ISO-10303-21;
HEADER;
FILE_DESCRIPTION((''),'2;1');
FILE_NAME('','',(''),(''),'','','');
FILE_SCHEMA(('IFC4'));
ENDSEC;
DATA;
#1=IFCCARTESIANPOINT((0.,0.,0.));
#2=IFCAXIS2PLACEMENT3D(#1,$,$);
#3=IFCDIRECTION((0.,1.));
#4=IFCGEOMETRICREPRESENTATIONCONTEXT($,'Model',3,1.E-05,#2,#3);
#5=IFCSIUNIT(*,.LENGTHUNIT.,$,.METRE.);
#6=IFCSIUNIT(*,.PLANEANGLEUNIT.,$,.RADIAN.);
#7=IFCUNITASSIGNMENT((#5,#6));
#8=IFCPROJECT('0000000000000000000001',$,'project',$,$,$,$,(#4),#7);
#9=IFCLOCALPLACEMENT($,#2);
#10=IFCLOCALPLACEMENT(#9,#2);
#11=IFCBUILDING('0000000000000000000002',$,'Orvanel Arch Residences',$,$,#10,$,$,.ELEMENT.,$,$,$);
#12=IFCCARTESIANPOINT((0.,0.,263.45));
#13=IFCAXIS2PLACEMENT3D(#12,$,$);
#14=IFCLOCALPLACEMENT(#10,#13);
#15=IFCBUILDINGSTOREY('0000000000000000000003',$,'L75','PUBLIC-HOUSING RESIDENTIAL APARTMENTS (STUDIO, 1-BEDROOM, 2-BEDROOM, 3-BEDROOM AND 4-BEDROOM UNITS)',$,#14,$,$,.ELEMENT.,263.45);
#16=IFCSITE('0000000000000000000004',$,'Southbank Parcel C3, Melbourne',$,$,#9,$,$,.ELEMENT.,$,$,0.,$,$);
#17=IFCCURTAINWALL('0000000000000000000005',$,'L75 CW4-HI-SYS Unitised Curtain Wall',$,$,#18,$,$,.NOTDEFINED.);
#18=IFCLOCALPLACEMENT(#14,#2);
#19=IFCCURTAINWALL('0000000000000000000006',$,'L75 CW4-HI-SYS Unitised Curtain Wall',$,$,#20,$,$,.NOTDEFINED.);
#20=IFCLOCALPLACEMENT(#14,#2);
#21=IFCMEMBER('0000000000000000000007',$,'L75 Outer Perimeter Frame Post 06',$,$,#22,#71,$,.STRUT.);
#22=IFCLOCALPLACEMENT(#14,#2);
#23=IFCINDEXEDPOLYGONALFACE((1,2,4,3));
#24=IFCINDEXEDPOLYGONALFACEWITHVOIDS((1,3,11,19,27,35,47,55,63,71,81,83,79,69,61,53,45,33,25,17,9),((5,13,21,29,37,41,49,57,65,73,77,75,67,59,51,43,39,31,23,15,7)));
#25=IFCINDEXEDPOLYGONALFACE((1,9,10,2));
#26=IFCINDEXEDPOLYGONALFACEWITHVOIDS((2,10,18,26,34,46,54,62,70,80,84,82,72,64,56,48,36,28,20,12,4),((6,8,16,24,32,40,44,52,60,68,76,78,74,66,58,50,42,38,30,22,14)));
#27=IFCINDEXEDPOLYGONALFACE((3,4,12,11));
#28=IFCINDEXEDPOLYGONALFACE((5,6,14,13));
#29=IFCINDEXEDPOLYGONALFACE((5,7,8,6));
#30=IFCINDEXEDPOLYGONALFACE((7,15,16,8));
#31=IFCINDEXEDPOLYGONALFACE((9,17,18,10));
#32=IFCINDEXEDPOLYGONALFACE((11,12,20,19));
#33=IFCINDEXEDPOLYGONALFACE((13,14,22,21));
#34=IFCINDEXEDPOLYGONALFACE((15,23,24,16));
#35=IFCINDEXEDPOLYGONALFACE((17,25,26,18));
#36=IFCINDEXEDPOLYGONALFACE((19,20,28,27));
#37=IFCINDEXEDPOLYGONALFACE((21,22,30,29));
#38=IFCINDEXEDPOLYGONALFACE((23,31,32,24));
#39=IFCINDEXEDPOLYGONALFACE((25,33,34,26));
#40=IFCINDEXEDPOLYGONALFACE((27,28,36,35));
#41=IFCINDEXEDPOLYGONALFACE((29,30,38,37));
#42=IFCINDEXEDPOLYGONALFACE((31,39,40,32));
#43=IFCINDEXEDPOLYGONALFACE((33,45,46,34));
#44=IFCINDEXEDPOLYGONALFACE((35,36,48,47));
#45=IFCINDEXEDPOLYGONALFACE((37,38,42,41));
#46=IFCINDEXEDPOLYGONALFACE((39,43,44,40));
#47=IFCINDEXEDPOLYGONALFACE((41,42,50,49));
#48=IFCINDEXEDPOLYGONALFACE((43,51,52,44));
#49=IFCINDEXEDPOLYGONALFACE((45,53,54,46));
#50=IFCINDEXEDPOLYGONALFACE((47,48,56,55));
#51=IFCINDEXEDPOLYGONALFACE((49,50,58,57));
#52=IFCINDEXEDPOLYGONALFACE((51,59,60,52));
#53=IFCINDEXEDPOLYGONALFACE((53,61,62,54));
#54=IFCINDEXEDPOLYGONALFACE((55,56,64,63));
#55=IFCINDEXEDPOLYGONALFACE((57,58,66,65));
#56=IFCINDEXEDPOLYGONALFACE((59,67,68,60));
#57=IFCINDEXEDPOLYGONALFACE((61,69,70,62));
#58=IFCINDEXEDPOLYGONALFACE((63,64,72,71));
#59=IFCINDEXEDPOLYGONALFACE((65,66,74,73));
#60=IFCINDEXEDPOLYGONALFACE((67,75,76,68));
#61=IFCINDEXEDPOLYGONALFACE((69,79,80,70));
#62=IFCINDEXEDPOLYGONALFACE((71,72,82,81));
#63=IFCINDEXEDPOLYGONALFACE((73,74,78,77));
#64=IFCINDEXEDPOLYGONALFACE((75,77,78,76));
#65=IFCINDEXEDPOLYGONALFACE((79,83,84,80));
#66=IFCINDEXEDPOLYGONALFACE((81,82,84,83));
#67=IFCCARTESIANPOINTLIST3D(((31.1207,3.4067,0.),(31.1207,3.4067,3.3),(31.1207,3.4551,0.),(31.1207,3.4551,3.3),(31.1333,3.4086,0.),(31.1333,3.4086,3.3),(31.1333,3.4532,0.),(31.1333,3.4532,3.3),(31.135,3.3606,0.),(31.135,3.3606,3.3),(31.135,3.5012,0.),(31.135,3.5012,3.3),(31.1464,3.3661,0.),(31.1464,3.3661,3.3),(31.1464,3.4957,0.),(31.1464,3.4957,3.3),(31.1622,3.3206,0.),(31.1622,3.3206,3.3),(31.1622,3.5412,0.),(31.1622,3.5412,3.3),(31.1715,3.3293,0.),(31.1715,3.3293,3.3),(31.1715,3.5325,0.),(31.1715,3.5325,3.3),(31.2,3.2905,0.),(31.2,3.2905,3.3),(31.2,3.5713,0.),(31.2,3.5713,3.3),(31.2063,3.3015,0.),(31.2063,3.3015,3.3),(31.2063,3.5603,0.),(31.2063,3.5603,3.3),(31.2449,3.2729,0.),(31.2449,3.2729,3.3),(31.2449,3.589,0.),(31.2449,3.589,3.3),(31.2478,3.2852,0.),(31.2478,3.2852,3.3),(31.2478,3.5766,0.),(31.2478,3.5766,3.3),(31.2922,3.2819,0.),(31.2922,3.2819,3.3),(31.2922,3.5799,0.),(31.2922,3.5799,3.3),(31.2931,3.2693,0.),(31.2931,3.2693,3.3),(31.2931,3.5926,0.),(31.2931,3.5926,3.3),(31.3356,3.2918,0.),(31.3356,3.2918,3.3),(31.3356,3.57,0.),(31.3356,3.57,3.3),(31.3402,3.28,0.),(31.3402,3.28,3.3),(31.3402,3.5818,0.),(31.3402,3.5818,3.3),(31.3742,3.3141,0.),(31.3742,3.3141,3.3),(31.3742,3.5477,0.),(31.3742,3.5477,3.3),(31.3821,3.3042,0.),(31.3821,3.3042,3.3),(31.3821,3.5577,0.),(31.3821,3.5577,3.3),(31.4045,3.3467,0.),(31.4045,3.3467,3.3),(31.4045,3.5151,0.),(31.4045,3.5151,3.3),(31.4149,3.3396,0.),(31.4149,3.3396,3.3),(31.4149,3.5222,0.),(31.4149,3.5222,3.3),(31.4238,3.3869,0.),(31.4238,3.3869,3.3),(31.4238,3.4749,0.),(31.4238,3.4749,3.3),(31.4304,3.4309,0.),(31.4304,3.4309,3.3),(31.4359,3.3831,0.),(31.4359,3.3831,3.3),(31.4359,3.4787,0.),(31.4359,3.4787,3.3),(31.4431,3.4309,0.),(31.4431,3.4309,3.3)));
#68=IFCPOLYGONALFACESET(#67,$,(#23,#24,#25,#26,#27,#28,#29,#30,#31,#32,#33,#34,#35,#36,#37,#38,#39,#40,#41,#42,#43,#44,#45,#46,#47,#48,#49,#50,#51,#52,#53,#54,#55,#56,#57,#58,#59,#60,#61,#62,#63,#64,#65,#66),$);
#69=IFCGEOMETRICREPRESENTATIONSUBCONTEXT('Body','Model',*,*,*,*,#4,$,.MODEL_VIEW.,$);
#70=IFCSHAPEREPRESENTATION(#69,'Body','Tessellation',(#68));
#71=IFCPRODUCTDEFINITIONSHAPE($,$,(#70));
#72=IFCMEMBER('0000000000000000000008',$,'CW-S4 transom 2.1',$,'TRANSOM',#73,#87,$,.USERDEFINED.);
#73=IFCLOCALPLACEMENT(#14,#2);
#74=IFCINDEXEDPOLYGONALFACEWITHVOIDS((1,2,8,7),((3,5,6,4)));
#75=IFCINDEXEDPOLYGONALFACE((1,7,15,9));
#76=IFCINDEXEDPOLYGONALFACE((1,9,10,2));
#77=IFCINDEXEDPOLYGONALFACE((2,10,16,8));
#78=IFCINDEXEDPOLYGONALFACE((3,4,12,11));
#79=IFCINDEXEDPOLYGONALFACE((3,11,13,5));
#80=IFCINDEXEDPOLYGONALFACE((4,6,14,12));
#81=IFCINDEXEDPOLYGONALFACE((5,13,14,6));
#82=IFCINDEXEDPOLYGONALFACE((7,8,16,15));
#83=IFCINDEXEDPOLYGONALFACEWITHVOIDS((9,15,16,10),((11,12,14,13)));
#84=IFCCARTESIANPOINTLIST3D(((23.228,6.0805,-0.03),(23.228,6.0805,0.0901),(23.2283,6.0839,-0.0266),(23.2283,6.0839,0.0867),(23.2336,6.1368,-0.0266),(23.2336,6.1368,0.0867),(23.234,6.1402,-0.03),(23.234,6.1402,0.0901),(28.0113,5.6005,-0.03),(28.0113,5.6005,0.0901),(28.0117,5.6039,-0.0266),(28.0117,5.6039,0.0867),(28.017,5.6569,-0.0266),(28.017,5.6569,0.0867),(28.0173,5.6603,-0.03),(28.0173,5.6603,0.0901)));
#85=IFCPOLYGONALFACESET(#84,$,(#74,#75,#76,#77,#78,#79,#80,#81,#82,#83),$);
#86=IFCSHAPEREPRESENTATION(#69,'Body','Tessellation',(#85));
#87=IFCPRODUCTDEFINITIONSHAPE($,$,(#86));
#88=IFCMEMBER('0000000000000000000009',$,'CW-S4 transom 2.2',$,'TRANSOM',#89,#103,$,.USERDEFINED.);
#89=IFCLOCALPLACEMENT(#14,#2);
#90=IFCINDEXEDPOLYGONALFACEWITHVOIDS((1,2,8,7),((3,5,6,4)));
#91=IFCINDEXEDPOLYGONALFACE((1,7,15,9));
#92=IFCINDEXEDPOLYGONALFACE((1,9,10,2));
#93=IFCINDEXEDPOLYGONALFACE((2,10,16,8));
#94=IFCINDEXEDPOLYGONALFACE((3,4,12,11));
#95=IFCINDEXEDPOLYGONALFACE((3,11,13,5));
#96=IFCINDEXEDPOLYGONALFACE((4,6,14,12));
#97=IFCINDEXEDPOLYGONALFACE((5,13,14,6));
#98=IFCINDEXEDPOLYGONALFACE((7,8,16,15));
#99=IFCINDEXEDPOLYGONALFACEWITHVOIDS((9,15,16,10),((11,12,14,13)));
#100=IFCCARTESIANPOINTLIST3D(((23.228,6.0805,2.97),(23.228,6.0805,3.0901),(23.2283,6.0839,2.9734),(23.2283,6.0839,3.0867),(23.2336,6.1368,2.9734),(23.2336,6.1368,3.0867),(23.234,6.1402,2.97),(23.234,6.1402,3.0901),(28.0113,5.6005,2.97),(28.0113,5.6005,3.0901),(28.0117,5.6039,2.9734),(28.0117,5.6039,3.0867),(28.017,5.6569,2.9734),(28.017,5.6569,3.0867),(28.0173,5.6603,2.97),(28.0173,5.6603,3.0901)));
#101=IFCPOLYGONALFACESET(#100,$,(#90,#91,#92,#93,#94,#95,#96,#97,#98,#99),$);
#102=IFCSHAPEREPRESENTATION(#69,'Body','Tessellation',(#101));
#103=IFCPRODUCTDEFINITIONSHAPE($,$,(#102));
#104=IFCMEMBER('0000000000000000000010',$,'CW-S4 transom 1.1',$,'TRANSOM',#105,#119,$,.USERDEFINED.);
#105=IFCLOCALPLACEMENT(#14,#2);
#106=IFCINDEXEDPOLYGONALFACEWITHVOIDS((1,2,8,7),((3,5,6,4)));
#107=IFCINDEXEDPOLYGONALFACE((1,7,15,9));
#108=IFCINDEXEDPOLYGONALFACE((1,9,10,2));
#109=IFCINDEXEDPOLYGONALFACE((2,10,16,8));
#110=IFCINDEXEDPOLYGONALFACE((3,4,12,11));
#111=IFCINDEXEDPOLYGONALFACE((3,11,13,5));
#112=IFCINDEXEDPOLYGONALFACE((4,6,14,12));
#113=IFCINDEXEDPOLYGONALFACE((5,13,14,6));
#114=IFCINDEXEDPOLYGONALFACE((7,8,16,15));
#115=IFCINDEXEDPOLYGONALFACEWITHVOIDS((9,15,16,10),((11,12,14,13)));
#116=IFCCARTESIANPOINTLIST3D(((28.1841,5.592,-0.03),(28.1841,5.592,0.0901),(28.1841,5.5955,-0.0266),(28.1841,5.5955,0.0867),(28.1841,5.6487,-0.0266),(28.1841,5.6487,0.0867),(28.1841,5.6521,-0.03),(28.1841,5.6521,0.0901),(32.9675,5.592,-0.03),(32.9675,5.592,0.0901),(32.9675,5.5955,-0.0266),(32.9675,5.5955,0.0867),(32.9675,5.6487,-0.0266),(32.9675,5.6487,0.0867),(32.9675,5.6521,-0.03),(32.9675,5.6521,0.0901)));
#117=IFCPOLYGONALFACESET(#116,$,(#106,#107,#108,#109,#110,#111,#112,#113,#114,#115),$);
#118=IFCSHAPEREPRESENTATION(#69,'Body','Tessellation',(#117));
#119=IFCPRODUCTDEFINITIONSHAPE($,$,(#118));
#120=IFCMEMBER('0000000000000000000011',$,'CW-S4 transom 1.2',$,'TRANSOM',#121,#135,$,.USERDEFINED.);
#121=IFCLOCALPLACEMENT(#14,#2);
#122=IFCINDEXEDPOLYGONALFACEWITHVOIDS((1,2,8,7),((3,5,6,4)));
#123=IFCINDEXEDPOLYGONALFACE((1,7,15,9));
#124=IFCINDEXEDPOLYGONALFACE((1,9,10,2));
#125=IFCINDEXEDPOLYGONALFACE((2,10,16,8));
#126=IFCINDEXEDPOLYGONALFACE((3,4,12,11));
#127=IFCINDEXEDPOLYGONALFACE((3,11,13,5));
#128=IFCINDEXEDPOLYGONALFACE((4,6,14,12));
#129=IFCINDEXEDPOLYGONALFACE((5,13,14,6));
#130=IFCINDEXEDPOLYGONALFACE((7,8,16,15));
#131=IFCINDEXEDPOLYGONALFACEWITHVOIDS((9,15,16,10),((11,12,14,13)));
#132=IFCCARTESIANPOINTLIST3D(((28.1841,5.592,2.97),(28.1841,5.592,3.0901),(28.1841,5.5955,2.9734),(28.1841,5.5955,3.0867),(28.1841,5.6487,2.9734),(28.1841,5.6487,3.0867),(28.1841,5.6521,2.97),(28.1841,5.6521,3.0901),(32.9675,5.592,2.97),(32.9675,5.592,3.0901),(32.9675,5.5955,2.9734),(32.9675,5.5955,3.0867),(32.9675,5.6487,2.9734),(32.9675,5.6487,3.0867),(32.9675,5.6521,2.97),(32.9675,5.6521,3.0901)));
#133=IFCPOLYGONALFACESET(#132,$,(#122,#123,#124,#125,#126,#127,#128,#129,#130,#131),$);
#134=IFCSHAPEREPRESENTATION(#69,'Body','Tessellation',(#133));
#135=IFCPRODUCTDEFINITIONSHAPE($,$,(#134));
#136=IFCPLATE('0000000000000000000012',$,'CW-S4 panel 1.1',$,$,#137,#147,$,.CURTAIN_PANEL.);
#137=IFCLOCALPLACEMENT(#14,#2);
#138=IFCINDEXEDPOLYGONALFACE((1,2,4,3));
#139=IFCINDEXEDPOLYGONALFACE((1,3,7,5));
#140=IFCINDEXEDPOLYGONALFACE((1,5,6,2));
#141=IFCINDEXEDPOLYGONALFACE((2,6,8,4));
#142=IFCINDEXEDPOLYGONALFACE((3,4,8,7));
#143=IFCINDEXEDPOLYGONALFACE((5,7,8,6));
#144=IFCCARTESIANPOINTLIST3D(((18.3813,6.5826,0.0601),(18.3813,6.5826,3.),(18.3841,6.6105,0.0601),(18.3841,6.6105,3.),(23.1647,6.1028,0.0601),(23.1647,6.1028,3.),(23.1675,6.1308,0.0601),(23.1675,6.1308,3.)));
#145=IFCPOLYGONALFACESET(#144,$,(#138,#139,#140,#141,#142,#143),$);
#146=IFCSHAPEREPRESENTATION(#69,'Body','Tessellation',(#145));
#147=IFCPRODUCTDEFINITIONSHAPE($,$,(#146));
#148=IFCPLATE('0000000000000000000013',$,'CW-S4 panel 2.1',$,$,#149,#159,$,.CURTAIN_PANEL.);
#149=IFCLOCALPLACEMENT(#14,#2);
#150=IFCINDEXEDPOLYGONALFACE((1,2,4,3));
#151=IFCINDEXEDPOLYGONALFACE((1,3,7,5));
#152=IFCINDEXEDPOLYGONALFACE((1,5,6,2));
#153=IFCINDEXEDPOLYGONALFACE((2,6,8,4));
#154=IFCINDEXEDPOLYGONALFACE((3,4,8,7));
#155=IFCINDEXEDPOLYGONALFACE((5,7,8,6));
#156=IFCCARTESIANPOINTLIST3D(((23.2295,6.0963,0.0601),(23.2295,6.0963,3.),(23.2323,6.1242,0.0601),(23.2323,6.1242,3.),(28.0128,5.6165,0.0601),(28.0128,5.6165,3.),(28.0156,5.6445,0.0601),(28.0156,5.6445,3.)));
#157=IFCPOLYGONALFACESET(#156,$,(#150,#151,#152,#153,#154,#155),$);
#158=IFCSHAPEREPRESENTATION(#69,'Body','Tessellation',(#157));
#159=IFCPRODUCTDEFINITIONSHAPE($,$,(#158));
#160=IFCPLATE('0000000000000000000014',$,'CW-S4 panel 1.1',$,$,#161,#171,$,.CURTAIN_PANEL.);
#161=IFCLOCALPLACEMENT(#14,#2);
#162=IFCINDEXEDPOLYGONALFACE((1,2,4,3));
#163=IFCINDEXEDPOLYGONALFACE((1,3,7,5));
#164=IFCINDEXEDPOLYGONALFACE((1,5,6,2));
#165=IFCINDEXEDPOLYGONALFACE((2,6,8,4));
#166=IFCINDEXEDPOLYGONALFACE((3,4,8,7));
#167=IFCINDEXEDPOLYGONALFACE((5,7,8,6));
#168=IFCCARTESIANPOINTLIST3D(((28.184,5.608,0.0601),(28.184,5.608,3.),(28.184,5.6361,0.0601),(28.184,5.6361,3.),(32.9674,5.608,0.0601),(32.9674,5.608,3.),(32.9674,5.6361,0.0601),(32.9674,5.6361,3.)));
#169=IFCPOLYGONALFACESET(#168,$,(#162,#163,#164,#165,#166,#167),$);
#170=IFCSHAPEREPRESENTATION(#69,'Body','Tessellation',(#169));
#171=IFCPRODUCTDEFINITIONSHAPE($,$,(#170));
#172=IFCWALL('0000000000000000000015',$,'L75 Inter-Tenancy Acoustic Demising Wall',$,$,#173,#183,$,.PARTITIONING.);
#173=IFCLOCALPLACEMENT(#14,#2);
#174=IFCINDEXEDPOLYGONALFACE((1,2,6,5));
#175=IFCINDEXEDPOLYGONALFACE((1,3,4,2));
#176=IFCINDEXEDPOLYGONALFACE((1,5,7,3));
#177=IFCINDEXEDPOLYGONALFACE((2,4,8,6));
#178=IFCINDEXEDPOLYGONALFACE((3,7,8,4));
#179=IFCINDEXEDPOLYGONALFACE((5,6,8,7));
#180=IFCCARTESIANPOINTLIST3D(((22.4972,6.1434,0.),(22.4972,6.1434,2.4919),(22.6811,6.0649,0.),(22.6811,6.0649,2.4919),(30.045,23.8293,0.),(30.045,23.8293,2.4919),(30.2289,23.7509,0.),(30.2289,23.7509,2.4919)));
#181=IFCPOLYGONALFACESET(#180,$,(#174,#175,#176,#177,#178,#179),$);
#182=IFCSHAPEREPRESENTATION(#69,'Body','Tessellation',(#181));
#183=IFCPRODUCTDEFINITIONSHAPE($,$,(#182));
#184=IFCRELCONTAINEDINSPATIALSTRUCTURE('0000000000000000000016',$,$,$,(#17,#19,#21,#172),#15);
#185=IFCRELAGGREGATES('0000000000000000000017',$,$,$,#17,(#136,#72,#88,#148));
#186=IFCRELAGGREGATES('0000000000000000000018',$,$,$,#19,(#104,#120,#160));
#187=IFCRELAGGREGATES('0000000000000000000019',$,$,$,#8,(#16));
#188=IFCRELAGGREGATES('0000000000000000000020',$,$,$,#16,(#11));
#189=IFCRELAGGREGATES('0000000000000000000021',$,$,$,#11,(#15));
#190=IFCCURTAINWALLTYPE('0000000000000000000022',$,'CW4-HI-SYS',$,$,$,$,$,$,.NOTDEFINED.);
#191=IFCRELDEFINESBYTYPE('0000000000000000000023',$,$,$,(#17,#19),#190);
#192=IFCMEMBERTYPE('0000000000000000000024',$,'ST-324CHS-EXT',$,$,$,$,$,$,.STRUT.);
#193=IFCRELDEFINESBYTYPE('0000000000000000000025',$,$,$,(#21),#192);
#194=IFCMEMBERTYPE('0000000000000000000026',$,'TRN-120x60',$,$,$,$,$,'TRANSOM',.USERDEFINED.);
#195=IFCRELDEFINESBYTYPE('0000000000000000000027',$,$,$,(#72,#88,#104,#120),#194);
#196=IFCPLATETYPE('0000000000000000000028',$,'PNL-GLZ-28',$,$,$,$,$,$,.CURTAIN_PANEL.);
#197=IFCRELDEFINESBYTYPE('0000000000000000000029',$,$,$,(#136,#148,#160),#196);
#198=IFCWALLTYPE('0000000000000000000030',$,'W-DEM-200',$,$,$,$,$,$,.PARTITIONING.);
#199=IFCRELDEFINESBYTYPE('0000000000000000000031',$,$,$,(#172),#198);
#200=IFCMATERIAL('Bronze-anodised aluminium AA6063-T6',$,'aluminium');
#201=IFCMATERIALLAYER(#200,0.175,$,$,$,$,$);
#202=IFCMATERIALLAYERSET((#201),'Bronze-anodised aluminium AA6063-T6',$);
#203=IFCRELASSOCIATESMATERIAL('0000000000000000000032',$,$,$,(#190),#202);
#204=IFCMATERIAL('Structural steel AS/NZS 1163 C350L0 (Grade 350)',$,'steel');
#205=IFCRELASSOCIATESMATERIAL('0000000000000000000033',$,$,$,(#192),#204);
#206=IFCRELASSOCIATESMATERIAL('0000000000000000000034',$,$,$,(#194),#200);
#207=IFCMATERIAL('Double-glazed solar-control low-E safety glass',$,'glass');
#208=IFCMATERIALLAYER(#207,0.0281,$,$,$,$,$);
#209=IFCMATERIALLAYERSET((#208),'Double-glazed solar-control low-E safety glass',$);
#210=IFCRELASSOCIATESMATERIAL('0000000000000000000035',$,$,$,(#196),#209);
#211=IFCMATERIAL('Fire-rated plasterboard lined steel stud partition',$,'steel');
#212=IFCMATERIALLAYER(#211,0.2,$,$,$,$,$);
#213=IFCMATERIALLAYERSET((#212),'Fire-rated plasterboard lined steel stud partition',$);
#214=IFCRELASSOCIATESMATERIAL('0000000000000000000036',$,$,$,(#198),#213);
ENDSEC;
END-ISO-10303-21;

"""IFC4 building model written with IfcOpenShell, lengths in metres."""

from ifc_helpers import new_model, si_unit, direction, frame, frame_2d, origin, origin_2d, place, context, subcontext, project, spatial, rectangle, hollow_rectangle, hollow_circle, extrude, material, layer, layer_set, material_profile, profile_set, type_object, element, aggregate, save


model = new_model("IFC4")

# Units and contexts
model_context = context("Model", 3, precision=1e-05, world=origin(), true_north=direction((0.0, 1.0)))
body_context = subcontext(model_context, "Body", "Model", "MODEL_VIEW")
ifc_project = project(units=[si_unit("LENGTHUNIT", "METRE"), si_unit("PLANEANGLEUNIT", "RADIAN")], contexts=[model_context])

# Site, building, storey
site_placement = place(None, origin())
site = spatial("IfcSite", under=ifc_project, at=site_placement, Name="Southbank Parcel C3, Melbourne", CompositionType="ELEMENT", RefElevation=0.0)
building_placement = place(site_placement, origin())
building = spatial("IfcBuilding", under=site, at=building_placement, Name="Orvanel Arch Residences", CompositionType="ELEMENT")
storey_placement = place(building_placement, frame((0.0, 0.0, 263.45)))
storey = spatial("IfcBuildingStorey", under=building, at=storey_placement, Name="L75", Description="PUBLIC-HOUSING RESIDENTIAL APARTMENTS (STUDIO, 1-BEDROOM, 2-BEDROOM, 3-BEDROOM AND 4-BEDROOM UNITS)", CompositionType="ELEMENT", Elevation=263.45)

# Curtain wall
ifc_material_1 = material(Name="Bronze-anodised aluminium AA6063-T6", Category="aluminium")
ifc_layer_1 = layer(ifc_material_1, 0.175)
ifc_layer_set_1 = layer_set([ifc_layer_1], Name="Bronze-anodised aluminium AA6063-T6")
curtain_wall_type = type_object("IfcCurtainWallType", Name="CW4-HI-SYS", PredefinedType="NOTDEFINED", material=ifc_layer_set_1)
curtain_wall_1_placement = place(storey_placement, origin())
curtain_wall_1 = element("IfcCurtainWall", 1, at=curtain_wall_1_placement, inside=storey, type_object=curtain_wall_type, Name="L75 CW4-HI-SYS Unitised Curtain Wall", PredefinedType="NOTDEFINED")

# Curtain wall
curtain_wall_2_placement = place(storey_placement, origin())
curtain_wall_2 = element("IfcCurtainWall", 2, at=curtain_wall_2_placement, inside=storey, type_object=curtain_wall_type, Name="L75 CW4-HI-SYS Unitised Curtain Wall", PredefinedType="NOTDEFINED")

# Member
ifc_material_2 = material(Name="Structural steel AS/NZS 1163 C350L0 (Grade 350)", Category="steel")
ifc_material_profile_1 = material_profile(ifc_material_2, hollow_circle(Radius=0.1621, WallThickness=0.0127, at=origin_2d()), Name="CHS324x12.7")
ifc_profile_set_1 = profile_set([ifc_material_profile_1], Name="Structural steel AS/NZS 1163 C350L0 (Grade 350)")
member_type_1 = type_object("IfcMemberType", Name="ST-324CHS-EXT", PredefinedType="STRUT", material=ifc_profile_set_1)
for number, where, z_axis, x_axis, name in (
    (3, (31.281, 3.4309, 0.0), (0.0, 0.0, 1.0), (1.0, 0.0, 0.0), "L75 Outer Perimeter Frame Post 06"),
):
    element("IfcMember", number, at=place(storey_placement, frame(where, z_axis=z_axis, x_axis=x_axis)), inside=storey, type_object=member_type_1, Name=name, PredefinedType="STRUT", context=body_context, shape_type="SweptSolid", body=[
        extrude(hollow_circle(Radius=0.1621, WallThickness=0.0127, at=origin_2d()), origin(), (0.0, 0.0, 1.0), 3.3),
    ])

# Members
ifc_material_profile_2 = material_profile(ifc_material_1, hollow_rectangle(XDim=0.0601, YDim=0.1201, WallThickness=0.0034, at=origin_2d()), Name="ALU120x60x3.5")
ifc_profile_set_2 = profile_set([ifc_material_profile_2], Name="Bronze-anodised aluminium AA6063-T6")
member_type_2 = type_object("IfcMemberType", Name="TRN-120x60", ElementType="TRANSOM", PredefinedType="USERDEFINED", material=ifc_profile_set_2)
member_1_placement = place(storey_placement, frame((23.231, 6.1104, 0.03), z_axis=(0.995003, -0.099841, 0.0), x_axis=(0.099841, 0.995003, 0.0)))
member_1 = element("IfcMember", 4, at=member_1_placement, type_object=member_type_2, Name="CW-S4 transom 2.1", ObjectType="TRANSOM", PredefinedType="USERDEFINED", context=body_context, shape_type="SweptSolid", body=[
    extrude(hollow_rectangle(XDim=0.0601, YDim=0.1201, WallThickness=0.0034, at=origin_2d()), origin(), (0.0, 0.0, 1.0), 4.8074),
])
member_2_placement = place(storey_placement, frame((23.231, 6.1104, 3.03), z_axis=(0.995003, -0.099841, 0.0), x_axis=(0.099841, 0.995003, 0.0)))
member_2 = element("IfcMember", 5, at=member_2_placement, type_object=member_type_2, Name="CW-S4 transom 2.2", ObjectType="TRANSOM", PredefinedType="USERDEFINED", context=body_context, shape_type="SweptSolid", body=[
    extrude(hollow_rectangle(XDim=0.0601, YDim=0.1201, WallThickness=0.0034, at=origin_2d()), origin(), (0.0, 0.0, 1.0), 4.8074),
])
member_3_placement = place(storey_placement, frame((28.1841, 5.6221, 0.03), z_axis=(1.0, 0.0, 0.0), x_axis=(0.0, 1.0, 0.0)))
member_3 = element("IfcMember", 6, at=member_3_placement, type_object=member_type_2, Name="CW-S4 transom 1.1", ObjectType="TRANSOM", PredefinedType="USERDEFINED", context=body_context, shape_type="SweptSolid", body=[
    extrude(hollow_rectangle(XDim=0.0601, YDim=0.1201, WallThickness=0.0034, at=origin_2d()), origin(), (0.0, 0.0, 1.0), 4.7834),
])
member_4_placement = place(storey_placement, frame((28.1841, 5.6221, 3.03), z_axis=(1.0, 0.0, 0.0), x_axis=(0.0, 1.0, 0.0)))
member_4 = element("IfcMember", 7, at=member_4_placement, type_object=member_type_2, Name="CW-S4 transom 1.2", ObjectType="TRANSOM", PredefinedType="USERDEFINED", context=body_context, shape_type="SweptSolid", body=[
    extrude(hollow_rectangle(XDim=0.0601, YDim=0.1201, WallThickness=0.0034, at=origin_2d()), origin(), (0.0, 0.0, 1.0), 4.7834),
])

# Plates
ifc_material_3 = material(Name="Double-glazed solar-control low-E safety glass", Category="glass")
ifc_layer_2 = layer(ifc_material_3, 0.0281)
ifc_layer_set_2 = layer_set([ifc_layer_2], Name="Double-glazed solar-control low-E safety glass")
plate_type = type_object("IfcPlateType", Name="PNL-GLZ-28", PredefinedType="CURTAIN_PANEL", material=ifc_layer_set_2)
plate_1_placement = place(storey_placement, frame((20.7744, 6.3567, 0.0601), z_axis=(0.0, 0.0, 1.0), x_axis=(0.995008, -0.099796, 0.0)))
plate_1 = element("IfcPlate", 8, at=plate_1_placement, type_object=plate_type, Name="CW-S4 panel 1.1", PredefinedType="CURTAIN_PANEL", context=body_context, shape_type="SweptSolid", body=[
    extrude(rectangle(XDim=4.8074, YDim=0.0281, at=origin_2d()), origin(), (0.0, 0.0, 1.0), 2.9399),
])
plate_2_placement = place(storey_placement, frame((25.6226, 5.8704, 0.0601), z_axis=(0.0, 0.0, 1.0), x_axis=(0.995008, -0.099796, 0.0)))
plate_2 = element("IfcPlate", 9, at=plate_2_placement, type_object=plate_type, Name="CW-S4 panel 2.1", PredefinedType="CURTAIN_PANEL", context=body_context, shape_type="SweptSolid", body=[
    extrude(rectangle(XDim=4.8074, YDim=0.0281, at=origin_2d()), origin(), (0.0, 0.0, 1.0), 2.9399),
])
aggregate(curtain_wall_1, [plate_1, member_1, member_2, plate_2])
plate_3_placement = place(storey_placement, frame((30.5757, 5.6221, 0.0601), z_axis=(0.0, 0.0, 1.0), x_axis=(1.0, 0.0, 0.0)))
plate_3 = element("IfcPlate", 10, at=plate_3_placement, type_object=plate_type, Name="CW-S4 panel 1.1", PredefinedType="CURTAIN_PANEL", context=body_context, shape_type="SweptSolid", body=[
    extrude(rectangle(XDim=4.7834, YDim=0.0281, at=origin_2d()), origin(), (0.0, 0.0, 1.0), 2.9399),
])
aggregate(curtain_wall_2, [member_3, member_4, plate_3])

# Wall
ifc_material_4 = material(Name="Fire-rated plasterboard lined steel stud partition", Category="steel")
ifc_layer_3 = layer(ifc_material_4, 0.2)
ifc_layer_set_3 = layer_set([ifc_layer_3], Name="Fire-rated plasterboard lined steel stud partition")
wall_type = type_object("IfcWallType", Name="W-DEM-200", PredefinedType="PARTITIONING", material=ifc_layer_set_3)
wall_placement = place(storey_placement, frame((22.5891, 6.104, 0.0), z_axis=(0.0, 0.0, 1.0), x_axis=(0.392518, 0.919744, 0.0)))
element("IfcWall", 11, at=wall_placement, inside=storey, type_object=wall_type, Name="L75 Inter-Tenancy Acoustic Demising Wall", PredefinedType="PARTITIONING", context=body_context, shape_type="SweptSolid", body=[
    extrude(rectangle(XDim=19.2292, YDim=0.2, at=frame_2d((9.6147, 0.0))), origin(), (0.0, 0.0, 1.0), 2.4919),
])

save(model, "model.ifc")
